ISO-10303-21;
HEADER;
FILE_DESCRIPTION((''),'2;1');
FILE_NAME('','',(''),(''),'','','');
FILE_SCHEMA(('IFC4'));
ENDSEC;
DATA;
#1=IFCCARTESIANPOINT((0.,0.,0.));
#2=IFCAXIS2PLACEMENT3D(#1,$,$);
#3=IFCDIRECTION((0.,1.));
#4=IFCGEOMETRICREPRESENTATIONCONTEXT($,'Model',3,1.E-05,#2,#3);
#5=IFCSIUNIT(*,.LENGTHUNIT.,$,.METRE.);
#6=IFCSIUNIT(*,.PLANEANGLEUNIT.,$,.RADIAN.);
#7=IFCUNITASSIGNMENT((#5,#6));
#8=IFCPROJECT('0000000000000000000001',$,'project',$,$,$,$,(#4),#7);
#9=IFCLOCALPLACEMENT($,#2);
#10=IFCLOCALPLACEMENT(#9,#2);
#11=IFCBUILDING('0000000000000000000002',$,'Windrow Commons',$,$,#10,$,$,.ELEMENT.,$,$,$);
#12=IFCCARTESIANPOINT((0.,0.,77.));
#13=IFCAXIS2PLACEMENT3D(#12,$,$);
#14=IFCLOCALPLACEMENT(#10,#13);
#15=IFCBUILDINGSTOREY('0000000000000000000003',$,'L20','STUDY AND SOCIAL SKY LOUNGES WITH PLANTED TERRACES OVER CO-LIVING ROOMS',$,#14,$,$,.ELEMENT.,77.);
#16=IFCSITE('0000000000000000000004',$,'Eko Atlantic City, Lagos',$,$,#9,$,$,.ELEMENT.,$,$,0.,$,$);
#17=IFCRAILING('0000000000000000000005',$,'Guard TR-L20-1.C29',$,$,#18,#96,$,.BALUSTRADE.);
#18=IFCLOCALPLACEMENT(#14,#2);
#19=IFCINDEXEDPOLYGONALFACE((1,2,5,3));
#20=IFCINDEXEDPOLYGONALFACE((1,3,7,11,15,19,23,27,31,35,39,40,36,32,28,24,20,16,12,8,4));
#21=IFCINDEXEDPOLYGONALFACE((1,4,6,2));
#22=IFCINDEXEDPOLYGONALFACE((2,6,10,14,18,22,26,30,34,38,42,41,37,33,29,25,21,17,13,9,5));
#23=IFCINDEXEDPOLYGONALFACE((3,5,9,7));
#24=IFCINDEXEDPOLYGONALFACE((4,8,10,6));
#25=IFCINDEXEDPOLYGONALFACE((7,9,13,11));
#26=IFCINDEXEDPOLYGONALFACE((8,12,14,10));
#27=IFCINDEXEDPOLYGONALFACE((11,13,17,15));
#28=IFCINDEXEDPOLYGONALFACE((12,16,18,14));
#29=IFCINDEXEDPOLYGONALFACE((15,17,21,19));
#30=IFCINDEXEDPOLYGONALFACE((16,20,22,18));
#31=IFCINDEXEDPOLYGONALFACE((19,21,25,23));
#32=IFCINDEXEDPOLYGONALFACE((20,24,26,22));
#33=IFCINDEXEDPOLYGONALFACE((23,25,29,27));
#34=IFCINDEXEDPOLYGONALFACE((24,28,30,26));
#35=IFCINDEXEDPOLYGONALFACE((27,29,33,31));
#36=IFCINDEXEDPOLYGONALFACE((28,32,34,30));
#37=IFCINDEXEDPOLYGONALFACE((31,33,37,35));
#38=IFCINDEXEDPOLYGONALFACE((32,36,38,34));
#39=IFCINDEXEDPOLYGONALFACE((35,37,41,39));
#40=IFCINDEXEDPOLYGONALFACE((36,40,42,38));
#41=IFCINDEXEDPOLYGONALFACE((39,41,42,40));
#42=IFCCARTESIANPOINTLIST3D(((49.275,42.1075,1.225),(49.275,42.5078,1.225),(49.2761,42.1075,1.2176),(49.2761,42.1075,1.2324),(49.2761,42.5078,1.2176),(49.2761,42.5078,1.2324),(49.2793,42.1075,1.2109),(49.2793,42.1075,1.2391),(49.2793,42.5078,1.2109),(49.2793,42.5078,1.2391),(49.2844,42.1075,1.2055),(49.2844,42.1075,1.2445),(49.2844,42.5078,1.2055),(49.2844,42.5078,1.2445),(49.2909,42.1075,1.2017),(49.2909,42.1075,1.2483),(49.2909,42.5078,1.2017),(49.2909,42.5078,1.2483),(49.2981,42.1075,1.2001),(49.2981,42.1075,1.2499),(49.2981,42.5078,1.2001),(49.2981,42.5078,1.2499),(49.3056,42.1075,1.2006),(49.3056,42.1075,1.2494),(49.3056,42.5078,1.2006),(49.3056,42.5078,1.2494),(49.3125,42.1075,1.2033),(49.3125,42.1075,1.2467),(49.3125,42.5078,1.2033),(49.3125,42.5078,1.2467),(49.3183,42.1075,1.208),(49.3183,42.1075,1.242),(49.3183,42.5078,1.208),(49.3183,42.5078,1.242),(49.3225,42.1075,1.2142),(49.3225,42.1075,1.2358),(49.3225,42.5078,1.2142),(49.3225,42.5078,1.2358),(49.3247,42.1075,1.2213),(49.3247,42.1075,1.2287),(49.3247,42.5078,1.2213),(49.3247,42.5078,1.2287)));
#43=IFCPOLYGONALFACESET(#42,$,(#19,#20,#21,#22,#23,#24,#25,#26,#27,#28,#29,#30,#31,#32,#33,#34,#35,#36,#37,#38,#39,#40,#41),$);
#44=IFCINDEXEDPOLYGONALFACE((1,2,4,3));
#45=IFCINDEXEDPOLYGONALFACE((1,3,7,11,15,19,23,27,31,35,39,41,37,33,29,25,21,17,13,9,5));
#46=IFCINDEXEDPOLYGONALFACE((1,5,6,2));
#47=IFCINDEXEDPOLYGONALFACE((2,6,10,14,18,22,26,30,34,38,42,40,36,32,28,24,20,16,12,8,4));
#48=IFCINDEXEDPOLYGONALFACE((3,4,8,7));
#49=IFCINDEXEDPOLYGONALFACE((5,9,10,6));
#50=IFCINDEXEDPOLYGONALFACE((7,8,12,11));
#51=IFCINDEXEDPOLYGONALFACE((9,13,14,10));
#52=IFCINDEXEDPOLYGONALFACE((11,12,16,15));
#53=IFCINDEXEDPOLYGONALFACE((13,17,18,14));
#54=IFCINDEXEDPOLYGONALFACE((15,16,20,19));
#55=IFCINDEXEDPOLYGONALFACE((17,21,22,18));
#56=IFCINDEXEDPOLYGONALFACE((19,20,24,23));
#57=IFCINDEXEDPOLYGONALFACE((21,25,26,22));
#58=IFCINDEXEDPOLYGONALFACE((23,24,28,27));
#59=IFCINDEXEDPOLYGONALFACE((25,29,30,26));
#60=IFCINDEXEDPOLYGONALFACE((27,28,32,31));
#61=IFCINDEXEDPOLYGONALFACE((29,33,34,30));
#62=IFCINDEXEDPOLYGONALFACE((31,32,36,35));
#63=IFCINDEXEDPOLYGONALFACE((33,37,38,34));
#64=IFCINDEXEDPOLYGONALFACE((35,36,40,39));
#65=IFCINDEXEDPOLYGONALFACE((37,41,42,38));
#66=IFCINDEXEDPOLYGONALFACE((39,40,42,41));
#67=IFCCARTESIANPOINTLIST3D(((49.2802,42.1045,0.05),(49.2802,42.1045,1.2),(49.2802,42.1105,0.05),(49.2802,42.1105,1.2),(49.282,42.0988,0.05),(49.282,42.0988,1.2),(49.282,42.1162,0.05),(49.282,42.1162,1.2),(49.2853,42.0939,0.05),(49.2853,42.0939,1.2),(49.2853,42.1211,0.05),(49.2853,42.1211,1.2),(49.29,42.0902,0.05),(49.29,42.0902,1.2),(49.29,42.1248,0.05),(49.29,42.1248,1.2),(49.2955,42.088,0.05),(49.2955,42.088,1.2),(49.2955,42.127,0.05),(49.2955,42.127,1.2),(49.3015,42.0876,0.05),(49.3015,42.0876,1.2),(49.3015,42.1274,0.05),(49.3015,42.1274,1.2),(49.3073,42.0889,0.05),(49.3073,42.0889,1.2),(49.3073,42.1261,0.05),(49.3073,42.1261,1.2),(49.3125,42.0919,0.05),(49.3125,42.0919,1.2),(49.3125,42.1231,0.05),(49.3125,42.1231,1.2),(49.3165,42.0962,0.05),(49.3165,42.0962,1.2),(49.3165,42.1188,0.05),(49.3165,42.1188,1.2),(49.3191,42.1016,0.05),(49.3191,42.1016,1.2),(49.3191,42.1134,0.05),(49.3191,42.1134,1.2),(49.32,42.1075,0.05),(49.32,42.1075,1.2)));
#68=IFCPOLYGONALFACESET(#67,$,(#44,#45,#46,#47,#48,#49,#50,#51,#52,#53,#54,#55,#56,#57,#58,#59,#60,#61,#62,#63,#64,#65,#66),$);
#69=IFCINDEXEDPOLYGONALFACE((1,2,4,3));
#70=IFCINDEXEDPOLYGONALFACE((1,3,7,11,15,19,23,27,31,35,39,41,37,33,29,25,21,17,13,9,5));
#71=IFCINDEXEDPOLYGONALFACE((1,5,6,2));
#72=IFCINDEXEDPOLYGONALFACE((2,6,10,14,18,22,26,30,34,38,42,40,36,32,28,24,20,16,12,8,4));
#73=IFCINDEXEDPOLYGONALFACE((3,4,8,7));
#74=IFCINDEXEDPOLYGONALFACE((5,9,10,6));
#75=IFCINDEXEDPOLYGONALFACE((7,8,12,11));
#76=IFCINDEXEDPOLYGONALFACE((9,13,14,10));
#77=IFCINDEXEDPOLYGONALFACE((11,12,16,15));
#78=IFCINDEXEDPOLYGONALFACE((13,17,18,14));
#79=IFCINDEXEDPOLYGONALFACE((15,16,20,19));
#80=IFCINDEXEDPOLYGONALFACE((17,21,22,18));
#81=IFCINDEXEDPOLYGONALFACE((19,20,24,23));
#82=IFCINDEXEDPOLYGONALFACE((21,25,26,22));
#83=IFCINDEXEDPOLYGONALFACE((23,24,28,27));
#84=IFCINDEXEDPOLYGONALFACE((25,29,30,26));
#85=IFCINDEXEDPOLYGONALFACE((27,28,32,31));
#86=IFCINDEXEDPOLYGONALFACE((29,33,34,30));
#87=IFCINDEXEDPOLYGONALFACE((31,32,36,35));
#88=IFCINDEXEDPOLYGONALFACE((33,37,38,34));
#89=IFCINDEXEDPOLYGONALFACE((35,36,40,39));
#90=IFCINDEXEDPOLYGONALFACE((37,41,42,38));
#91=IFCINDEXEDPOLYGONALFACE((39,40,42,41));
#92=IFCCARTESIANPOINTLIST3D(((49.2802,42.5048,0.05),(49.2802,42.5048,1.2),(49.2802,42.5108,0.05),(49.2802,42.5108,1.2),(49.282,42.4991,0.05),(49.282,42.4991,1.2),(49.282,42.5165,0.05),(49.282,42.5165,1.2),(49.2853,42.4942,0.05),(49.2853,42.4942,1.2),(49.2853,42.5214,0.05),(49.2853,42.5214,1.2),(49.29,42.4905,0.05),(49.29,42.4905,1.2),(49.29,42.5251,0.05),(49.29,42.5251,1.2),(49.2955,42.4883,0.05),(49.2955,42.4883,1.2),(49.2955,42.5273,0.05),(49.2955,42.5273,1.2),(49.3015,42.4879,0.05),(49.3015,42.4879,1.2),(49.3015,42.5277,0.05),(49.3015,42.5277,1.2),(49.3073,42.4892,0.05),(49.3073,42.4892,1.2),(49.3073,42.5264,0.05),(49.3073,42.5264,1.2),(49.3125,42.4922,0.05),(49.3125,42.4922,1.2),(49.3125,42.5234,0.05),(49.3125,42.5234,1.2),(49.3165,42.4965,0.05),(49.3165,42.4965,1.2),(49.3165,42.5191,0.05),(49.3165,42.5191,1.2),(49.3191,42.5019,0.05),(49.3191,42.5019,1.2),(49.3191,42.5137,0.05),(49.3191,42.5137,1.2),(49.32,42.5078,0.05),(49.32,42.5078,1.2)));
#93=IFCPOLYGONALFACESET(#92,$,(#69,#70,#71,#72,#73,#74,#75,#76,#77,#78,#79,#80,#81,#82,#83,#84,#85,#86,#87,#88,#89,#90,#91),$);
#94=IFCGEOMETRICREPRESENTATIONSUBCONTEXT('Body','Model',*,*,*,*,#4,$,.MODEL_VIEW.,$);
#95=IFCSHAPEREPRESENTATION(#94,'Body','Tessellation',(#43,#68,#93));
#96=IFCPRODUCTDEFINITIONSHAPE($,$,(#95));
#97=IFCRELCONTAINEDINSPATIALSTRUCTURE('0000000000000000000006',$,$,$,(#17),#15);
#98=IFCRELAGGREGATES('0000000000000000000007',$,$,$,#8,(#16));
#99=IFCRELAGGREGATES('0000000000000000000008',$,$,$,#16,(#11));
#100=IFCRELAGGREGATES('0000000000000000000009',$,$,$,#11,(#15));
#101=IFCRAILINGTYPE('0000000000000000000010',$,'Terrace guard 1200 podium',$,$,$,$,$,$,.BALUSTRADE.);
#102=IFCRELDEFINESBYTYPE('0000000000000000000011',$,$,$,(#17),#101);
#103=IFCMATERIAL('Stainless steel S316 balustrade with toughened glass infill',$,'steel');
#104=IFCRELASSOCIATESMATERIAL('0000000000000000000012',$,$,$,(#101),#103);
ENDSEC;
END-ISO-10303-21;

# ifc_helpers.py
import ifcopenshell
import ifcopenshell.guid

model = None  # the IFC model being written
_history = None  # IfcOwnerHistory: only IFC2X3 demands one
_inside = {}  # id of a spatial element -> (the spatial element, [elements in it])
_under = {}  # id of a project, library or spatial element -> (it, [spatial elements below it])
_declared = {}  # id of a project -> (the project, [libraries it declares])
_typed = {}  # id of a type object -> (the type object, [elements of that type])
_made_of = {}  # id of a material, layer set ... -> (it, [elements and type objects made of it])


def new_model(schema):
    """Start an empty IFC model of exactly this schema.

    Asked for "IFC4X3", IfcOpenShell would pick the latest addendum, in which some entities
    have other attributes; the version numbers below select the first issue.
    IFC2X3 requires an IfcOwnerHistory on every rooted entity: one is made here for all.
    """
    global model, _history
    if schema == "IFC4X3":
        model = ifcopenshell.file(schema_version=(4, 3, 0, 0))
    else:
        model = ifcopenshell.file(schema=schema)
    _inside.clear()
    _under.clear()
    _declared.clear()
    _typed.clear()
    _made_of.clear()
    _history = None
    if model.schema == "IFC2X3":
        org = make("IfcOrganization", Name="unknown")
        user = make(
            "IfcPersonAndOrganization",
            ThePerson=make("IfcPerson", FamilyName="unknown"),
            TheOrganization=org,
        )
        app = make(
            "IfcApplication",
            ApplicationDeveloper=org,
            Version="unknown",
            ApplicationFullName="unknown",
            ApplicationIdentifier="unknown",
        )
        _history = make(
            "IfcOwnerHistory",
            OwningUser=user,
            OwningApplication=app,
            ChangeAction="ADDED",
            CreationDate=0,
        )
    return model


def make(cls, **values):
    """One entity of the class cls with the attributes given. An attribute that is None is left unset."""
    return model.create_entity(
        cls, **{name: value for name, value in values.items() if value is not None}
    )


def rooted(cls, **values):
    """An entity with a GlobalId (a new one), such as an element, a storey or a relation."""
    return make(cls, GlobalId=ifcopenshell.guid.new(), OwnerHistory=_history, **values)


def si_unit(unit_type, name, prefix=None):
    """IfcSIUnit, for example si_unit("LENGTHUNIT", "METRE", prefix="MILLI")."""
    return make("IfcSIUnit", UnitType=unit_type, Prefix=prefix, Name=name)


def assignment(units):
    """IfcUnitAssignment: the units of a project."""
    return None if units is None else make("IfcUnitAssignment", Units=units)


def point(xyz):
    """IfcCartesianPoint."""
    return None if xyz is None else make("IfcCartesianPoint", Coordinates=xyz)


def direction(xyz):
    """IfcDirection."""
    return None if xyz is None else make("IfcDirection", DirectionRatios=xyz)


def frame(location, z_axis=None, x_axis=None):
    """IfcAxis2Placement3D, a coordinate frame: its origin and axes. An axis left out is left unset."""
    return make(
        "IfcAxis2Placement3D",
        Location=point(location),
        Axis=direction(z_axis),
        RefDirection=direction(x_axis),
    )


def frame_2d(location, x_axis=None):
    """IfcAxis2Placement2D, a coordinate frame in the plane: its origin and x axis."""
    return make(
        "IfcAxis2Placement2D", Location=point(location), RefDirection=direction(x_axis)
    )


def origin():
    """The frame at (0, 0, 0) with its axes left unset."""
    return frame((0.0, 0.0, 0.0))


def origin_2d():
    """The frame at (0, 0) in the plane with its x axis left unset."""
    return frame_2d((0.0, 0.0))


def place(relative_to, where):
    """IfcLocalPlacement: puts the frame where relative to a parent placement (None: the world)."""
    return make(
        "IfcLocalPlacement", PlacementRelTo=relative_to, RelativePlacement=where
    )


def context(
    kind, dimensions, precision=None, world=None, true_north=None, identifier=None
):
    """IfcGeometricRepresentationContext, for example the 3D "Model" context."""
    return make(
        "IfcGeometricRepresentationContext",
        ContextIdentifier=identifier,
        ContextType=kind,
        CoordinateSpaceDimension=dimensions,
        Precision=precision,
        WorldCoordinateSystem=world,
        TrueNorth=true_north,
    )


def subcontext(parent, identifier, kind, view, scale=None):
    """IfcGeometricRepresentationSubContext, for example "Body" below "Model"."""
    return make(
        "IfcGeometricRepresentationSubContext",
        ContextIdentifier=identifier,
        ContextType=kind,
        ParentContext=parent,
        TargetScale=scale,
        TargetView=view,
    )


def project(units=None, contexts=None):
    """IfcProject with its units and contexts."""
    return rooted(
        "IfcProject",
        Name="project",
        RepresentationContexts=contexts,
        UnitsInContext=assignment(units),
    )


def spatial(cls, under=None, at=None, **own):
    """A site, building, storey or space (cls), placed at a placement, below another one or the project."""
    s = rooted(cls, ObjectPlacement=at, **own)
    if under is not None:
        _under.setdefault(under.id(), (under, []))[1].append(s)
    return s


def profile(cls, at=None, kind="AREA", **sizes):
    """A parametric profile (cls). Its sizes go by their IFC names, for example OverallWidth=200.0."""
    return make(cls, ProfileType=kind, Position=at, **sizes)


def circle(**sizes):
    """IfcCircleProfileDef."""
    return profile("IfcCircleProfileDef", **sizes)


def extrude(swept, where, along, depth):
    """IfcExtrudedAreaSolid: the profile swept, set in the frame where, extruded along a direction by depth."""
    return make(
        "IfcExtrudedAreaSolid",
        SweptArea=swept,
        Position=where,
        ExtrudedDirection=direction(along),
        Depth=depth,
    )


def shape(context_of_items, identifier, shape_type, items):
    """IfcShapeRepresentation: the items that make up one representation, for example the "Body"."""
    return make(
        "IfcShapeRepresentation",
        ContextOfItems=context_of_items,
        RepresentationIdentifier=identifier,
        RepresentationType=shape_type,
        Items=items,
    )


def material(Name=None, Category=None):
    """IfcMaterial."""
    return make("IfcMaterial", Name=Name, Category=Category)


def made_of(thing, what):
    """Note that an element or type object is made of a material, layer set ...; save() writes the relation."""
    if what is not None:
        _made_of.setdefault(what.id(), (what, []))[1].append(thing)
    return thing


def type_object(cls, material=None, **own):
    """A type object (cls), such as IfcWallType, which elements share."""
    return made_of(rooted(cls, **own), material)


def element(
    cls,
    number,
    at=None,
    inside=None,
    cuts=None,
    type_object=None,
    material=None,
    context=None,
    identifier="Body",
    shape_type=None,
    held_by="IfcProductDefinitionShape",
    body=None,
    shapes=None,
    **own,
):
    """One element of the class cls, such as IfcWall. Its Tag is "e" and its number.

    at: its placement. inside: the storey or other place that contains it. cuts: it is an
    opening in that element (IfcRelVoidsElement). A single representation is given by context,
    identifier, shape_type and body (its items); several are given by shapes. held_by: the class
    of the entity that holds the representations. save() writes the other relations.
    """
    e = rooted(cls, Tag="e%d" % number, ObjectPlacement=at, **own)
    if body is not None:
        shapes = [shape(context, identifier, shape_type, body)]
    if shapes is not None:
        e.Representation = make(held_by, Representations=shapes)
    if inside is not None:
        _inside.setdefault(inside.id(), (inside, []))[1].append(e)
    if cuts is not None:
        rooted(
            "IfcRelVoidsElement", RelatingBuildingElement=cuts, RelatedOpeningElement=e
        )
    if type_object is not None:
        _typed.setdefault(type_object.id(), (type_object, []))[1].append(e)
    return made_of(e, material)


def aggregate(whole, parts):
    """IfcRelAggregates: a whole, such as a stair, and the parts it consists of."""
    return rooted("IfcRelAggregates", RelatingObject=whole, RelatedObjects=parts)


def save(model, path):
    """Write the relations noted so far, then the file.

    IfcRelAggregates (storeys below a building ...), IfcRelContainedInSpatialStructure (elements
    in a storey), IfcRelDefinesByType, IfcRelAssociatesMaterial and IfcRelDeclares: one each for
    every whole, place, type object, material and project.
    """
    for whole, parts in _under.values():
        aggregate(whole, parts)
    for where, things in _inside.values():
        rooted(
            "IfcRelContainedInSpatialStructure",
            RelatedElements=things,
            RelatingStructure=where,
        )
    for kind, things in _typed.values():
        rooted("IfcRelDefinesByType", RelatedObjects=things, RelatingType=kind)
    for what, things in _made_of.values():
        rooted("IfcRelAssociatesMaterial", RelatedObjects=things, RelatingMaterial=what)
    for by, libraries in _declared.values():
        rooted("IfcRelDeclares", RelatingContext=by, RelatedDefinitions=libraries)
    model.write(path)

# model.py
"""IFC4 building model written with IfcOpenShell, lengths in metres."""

from ifc_helpers import new_model, si_unit, direction, frame, origin, origin_2d, place, context, subcontext, project, spatial, circle, extrude, material, type_object, element, save


model = new_model("IFC4")

# Units and contexts
model_context = context("Model", 3, precision=1e-05, world=origin(), true_north=direction((0.0, 1.0)))
body_context = subcontext(model_context, "Body", "Model", "MODEL_VIEW")
ifc_project = project(units=[si_unit("LENGTHUNIT", "METRE"), si_unit("PLANEANGLEUNIT", "RADIAN")], contexts=[model_context])

# Site, building, storey
site_placement = place(None, origin())
site = spatial("IfcSite", under=ifc_project, at=site_placement, Name="Eko Atlantic City, Lagos", CompositionType="ELEMENT", RefElevation=0.0)
building_placement = place(site_placement, origin())
building = spatial("IfcBuilding", under=site, at=building_placement, Name="Windrow Commons", CompositionType="ELEMENT")
storey_placement = place(building_placement, frame((0.0, 0.0, 77.0)))
storey = spatial("IfcBuildingStorey", under=building, at=storey_placement, Name="L20", Description="STUDY AND SOCIAL SKY LOUNGES WITH PLANTED TERRACES OVER CO-LIVING ROOMS", CompositionType="ELEMENT", Elevation=77.0)

# Railing
ifc_material_1 = material(Name="Stainless steel S316 balustrade with toughened glass infill", Category="steel")
railing_type = type_object("IfcRailingType", Name="Terrace guard 1200 podium", PredefinedType="BALUSTRADE", material=ifc_material_1)
railing_1_placement = place(storey_placement, frame((49.3, 42.1075, 0.05)))
element("IfcRailing", 1, at=railing_1_placement, inside=storey, type_object=railing_type, Name="Guard TR-L20-1.C29", PredefinedType="BALUSTRADE", context=body_context, shape_type="SweptSolid", body=[
    extrude(circle(Radius=0.025, at=origin_2d()), frame((0.0, 0.0, 1.175), z_axis=(0.0, 1.0, 0.0), x_axis=(-1.0, 0.0, 0.0)), (0.0, 0.0, 1.0), 0.4003),
    extrude(circle(Radius=0.02, at=origin_2d()), origin(), (0.0, 0.0, 1.0), 1.15),
    extrude(circle(Radius=0.02, at=origin_2d()), frame((0.0, 0.4003, 0.0)), (0.0, 0.0, 1.0), 1.15),
])

save(model, "model.ifc")
